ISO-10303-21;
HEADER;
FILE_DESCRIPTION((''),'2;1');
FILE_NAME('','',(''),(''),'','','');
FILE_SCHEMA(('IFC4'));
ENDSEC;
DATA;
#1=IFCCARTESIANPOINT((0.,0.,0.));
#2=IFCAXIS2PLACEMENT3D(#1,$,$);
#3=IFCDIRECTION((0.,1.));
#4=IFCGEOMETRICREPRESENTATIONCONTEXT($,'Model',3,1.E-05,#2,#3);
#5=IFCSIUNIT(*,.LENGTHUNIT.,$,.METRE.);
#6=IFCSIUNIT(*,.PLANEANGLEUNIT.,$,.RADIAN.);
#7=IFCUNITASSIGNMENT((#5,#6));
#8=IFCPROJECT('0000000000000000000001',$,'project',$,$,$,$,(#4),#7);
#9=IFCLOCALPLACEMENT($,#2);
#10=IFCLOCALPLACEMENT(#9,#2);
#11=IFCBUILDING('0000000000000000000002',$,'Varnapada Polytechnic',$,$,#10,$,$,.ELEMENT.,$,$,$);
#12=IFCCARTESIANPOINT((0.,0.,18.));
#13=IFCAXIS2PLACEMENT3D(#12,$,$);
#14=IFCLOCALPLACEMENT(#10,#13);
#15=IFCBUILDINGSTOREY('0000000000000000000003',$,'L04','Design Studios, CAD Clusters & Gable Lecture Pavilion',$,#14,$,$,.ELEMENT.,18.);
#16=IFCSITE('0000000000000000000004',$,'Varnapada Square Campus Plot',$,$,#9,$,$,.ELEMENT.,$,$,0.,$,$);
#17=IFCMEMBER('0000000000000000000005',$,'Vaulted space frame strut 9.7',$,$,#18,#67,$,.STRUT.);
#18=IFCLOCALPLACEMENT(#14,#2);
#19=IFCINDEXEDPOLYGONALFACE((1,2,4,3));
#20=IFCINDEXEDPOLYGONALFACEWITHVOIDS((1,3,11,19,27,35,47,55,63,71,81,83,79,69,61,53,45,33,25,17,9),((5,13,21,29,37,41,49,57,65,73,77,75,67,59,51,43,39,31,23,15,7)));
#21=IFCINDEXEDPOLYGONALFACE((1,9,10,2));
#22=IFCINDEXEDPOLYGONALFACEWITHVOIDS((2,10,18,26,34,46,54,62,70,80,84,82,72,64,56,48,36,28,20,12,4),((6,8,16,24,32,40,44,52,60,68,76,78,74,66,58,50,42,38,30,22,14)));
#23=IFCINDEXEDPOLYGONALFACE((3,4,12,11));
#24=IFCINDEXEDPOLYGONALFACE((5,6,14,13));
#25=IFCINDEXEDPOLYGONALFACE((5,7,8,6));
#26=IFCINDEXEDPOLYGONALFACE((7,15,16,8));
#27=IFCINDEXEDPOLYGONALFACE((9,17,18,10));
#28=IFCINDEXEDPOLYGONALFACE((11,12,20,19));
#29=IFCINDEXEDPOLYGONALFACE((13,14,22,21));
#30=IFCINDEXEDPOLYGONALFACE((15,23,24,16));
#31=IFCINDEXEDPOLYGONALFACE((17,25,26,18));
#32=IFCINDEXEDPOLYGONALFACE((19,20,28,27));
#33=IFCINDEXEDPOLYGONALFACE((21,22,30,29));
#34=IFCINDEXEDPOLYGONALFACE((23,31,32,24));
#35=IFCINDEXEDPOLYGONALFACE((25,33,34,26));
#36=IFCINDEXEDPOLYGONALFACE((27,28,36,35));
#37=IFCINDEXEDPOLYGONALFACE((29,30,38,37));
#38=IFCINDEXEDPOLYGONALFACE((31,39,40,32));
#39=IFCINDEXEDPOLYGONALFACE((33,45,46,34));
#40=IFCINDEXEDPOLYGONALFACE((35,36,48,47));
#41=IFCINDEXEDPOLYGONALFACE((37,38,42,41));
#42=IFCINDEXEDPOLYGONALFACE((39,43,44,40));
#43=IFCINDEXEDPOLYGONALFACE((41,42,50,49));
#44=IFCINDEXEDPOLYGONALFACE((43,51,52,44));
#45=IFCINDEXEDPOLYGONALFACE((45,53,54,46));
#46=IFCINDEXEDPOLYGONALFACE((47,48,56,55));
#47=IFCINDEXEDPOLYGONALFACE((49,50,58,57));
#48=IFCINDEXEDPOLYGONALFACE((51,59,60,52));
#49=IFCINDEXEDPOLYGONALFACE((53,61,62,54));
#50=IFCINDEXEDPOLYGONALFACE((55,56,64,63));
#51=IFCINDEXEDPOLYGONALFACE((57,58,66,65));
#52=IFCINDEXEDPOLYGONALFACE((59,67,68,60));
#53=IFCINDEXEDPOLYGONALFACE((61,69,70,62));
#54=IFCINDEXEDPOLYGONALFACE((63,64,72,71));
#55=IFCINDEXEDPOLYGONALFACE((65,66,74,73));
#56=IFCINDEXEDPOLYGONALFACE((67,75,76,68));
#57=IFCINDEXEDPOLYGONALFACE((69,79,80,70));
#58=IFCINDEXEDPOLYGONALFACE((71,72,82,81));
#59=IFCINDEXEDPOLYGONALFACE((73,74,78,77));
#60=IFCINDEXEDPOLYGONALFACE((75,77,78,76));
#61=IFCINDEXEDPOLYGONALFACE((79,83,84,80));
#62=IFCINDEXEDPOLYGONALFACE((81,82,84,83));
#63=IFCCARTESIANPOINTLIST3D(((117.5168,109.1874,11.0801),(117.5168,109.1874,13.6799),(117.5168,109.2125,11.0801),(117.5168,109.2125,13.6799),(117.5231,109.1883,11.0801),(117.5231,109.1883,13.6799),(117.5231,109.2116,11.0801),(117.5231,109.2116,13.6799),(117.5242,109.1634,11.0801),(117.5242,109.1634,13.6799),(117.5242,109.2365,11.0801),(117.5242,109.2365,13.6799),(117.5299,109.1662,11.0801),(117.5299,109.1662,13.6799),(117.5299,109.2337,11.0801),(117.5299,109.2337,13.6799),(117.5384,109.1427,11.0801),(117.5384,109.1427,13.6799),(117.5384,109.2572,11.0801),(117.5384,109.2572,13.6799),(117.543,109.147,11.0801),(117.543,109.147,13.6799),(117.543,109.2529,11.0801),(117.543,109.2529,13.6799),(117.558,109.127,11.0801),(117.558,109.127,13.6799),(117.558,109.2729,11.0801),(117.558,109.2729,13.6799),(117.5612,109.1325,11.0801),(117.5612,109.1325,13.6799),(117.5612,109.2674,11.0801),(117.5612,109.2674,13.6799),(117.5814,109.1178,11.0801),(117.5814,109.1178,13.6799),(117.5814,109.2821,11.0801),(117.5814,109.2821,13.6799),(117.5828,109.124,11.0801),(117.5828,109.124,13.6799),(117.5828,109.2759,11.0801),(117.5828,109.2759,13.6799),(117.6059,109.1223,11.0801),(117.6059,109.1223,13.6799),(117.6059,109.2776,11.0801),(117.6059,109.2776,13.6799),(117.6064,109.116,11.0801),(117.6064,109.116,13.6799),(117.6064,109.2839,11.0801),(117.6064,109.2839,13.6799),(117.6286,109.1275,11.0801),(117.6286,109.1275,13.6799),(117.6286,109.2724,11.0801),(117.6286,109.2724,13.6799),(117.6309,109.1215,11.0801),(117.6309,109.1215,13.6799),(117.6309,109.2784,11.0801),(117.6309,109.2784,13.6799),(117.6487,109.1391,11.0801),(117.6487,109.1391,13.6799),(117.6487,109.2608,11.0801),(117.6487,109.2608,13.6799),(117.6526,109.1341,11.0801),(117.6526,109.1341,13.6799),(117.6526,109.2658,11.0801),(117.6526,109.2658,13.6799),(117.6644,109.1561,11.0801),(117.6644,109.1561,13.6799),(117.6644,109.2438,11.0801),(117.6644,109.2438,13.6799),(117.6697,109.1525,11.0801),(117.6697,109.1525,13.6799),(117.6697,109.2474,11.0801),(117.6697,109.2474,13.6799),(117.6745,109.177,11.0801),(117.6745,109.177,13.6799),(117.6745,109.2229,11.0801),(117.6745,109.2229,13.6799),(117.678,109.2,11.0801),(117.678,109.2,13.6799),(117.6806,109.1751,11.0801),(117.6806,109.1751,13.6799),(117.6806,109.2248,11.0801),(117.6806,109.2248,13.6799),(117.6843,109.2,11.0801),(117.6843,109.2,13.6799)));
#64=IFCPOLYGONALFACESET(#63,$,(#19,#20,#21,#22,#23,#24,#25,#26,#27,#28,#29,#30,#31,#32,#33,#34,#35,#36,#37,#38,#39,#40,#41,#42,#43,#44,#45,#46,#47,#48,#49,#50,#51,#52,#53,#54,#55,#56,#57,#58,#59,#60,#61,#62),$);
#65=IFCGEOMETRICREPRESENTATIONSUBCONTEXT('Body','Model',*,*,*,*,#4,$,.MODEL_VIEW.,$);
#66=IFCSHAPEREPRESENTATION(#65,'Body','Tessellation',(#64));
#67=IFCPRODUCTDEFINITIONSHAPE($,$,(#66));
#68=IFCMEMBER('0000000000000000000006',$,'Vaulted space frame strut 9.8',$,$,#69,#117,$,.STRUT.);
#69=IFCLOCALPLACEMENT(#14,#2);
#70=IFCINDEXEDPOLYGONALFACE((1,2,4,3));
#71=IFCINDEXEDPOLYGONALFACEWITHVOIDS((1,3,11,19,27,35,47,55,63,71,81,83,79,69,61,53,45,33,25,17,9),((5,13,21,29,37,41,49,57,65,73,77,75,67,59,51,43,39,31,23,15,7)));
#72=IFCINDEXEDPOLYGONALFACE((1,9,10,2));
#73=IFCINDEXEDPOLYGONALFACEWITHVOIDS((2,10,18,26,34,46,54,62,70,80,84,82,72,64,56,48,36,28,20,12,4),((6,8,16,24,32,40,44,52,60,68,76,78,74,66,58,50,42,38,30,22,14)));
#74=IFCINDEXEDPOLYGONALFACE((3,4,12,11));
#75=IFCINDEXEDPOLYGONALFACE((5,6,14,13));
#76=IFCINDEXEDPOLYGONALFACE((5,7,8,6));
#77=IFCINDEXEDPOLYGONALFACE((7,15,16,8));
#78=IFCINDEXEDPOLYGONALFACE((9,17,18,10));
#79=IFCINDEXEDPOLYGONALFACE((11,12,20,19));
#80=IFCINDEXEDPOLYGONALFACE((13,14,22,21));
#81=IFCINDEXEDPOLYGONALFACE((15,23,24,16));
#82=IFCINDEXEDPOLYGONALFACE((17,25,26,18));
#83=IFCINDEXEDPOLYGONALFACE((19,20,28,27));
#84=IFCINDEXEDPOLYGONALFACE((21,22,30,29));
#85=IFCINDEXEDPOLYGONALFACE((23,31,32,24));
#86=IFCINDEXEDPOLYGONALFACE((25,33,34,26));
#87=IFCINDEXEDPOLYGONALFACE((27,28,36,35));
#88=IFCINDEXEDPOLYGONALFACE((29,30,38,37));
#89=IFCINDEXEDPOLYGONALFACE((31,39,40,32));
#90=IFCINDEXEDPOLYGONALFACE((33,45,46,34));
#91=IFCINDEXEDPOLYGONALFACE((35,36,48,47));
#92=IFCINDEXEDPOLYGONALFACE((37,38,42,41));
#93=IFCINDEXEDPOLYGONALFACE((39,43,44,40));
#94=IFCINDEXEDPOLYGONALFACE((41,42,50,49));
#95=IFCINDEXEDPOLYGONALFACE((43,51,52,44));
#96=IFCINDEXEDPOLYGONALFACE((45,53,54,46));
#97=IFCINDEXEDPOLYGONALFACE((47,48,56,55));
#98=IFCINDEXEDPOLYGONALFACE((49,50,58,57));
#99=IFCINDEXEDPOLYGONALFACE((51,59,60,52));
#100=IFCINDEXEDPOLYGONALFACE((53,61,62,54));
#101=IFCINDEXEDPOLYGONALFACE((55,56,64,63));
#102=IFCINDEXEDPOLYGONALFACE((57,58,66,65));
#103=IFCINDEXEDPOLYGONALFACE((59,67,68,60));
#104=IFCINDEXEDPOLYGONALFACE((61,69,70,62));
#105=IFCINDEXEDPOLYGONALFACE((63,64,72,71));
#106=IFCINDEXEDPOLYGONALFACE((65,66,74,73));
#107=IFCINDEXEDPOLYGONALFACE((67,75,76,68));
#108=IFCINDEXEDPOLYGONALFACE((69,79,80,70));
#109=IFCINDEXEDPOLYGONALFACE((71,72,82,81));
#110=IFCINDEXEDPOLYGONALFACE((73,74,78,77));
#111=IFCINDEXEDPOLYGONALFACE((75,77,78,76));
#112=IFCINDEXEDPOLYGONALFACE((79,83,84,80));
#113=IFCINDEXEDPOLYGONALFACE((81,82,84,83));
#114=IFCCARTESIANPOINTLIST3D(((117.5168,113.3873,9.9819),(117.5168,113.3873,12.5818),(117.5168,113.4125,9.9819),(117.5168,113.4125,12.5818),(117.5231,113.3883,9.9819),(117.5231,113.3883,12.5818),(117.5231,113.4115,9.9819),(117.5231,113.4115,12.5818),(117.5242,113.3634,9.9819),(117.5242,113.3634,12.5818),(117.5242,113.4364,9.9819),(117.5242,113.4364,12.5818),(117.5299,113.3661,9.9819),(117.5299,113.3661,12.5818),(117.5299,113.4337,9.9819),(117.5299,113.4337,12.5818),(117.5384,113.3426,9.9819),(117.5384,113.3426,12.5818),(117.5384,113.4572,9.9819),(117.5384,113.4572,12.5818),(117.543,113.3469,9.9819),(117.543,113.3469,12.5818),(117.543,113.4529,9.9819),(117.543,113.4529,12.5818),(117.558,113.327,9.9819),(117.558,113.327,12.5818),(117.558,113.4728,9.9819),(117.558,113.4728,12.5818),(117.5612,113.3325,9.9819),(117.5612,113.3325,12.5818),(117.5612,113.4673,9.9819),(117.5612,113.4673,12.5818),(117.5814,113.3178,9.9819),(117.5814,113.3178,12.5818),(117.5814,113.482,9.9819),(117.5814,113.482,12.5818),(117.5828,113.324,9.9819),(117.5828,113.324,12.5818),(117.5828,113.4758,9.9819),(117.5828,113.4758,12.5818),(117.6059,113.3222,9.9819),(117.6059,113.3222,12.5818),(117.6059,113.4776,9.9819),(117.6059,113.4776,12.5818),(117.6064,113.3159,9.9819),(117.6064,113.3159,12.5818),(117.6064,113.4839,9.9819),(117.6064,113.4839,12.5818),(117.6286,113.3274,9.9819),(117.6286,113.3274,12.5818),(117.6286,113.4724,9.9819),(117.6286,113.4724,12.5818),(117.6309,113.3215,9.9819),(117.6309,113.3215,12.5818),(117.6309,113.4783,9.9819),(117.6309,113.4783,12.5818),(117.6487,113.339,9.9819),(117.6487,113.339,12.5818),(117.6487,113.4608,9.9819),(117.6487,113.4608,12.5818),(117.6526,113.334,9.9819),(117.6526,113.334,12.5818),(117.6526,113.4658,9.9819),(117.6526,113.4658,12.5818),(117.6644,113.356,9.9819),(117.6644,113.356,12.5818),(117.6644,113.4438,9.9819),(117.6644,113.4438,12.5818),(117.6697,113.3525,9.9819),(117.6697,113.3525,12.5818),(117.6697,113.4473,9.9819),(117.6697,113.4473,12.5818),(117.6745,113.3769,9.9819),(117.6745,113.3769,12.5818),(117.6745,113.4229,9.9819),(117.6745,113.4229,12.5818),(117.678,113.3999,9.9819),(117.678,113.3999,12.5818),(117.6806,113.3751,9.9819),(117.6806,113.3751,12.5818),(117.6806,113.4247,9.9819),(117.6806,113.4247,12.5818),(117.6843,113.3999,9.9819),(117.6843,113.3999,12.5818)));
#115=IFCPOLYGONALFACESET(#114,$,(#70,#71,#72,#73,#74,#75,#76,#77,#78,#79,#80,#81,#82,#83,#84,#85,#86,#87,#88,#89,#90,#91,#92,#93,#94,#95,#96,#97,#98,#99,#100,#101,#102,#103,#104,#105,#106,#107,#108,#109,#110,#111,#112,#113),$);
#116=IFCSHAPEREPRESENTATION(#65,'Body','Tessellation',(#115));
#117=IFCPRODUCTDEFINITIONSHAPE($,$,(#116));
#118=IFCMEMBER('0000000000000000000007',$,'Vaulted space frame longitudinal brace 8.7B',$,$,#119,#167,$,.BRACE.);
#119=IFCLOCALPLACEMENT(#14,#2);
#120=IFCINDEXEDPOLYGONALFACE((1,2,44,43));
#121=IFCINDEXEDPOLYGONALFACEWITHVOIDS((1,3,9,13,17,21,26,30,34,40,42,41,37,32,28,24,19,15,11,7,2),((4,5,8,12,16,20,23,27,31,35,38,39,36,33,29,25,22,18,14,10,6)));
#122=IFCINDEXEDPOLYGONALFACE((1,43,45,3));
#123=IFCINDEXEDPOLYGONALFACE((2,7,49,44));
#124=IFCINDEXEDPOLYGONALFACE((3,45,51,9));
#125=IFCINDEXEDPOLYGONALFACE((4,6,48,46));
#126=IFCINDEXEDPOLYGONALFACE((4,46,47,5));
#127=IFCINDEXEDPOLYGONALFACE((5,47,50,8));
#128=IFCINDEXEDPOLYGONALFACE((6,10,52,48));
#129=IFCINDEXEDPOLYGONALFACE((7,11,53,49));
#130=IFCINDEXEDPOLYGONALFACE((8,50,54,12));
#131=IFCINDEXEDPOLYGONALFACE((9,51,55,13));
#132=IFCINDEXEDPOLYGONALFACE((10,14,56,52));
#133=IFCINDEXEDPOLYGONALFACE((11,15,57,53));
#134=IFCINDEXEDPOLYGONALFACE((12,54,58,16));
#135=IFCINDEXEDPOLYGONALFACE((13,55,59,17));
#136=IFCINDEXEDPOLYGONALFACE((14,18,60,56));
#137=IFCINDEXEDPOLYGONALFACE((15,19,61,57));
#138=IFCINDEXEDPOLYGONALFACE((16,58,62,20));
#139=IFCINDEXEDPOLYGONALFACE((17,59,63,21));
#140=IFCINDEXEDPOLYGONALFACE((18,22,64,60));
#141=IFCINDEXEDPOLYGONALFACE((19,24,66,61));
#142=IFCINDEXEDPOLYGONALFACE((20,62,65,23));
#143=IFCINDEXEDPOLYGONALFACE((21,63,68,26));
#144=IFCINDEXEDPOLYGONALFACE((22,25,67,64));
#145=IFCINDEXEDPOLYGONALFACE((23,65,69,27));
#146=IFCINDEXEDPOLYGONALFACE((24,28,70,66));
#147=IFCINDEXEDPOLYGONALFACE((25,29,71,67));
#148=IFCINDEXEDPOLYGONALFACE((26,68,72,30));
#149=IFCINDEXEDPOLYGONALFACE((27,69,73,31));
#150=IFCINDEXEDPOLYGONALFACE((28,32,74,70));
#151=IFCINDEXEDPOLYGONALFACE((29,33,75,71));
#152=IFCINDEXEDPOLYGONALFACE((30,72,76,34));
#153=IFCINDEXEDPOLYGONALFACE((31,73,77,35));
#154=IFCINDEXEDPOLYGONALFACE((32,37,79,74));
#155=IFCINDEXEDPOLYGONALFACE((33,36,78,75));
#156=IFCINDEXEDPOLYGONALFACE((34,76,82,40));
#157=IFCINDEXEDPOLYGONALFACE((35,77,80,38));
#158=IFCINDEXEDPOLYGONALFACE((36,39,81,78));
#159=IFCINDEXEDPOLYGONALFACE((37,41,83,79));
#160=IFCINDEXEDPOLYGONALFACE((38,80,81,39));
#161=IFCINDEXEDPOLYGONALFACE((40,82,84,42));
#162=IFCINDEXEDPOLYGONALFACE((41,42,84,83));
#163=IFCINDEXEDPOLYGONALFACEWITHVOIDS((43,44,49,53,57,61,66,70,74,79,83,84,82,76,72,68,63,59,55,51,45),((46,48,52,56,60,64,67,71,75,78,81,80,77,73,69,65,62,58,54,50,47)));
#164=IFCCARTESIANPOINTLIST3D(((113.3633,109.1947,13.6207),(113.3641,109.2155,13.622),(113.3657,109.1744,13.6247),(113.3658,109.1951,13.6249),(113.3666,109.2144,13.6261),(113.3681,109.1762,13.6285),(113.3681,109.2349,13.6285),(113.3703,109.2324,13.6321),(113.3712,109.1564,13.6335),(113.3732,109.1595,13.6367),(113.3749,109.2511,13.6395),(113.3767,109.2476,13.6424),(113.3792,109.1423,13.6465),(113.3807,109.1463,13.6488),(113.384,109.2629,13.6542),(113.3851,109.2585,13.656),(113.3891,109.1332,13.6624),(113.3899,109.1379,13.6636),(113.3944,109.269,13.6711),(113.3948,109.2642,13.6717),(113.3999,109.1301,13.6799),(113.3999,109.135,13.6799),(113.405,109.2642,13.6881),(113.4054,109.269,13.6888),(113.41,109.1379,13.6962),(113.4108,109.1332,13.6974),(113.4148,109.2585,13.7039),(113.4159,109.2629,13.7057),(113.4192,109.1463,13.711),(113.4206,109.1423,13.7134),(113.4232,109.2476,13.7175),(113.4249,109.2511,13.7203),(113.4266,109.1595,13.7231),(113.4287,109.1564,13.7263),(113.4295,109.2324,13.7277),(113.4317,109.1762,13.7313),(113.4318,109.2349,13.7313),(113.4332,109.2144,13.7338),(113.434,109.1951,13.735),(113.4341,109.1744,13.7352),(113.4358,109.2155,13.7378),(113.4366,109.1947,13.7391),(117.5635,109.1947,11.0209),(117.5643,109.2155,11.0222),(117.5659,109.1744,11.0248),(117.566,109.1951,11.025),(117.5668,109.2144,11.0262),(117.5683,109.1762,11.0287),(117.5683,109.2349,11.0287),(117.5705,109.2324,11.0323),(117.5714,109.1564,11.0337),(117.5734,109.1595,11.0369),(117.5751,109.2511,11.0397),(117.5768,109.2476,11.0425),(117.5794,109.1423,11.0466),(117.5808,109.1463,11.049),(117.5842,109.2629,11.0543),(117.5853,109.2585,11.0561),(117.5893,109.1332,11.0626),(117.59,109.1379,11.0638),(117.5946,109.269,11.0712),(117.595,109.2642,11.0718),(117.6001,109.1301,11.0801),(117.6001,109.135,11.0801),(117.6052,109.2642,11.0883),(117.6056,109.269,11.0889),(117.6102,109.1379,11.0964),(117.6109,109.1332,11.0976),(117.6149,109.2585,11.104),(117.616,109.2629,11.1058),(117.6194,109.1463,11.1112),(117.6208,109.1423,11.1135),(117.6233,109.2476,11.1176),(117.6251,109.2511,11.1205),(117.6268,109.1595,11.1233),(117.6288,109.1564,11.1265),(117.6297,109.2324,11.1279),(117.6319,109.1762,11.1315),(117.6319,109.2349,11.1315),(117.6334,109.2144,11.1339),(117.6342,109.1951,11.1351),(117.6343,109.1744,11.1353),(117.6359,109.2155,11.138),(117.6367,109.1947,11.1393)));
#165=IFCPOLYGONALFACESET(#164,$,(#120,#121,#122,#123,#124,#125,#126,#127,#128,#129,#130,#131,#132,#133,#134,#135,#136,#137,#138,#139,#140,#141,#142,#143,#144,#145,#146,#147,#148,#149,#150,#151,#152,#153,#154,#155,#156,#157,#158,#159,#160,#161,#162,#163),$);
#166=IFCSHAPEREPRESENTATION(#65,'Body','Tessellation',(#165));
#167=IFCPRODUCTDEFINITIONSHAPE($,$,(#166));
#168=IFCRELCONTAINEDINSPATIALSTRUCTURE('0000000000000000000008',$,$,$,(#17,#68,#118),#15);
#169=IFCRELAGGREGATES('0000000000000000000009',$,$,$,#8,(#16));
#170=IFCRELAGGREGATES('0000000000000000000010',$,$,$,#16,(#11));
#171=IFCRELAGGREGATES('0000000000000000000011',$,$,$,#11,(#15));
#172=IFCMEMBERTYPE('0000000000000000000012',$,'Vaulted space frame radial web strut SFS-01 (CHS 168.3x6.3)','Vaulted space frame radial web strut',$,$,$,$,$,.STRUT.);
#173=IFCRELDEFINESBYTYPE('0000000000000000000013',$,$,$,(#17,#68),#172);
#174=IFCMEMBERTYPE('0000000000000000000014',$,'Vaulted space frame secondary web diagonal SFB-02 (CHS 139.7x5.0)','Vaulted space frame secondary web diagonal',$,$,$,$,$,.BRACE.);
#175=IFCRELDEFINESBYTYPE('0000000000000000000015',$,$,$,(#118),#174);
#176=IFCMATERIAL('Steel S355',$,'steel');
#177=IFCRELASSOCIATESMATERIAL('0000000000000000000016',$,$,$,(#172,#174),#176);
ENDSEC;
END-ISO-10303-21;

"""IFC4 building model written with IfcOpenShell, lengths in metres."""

from ifc_helpers import new_model, si_unit, direction, frame, origin, origin_2d, place, context, subcontext, project, spatial, hollow_circle, extrude, material, material_profile, profile_set, type_object, element, save


model = new_model("IFC4")

# Units and contexts
model_context = context("Model", 3, precision=1e-05, world=origin(), true_north=direction((0.0, 1.0)))
body_context = subcontext(model_context, "Body", "Model", "MODEL_VIEW")
ifc_project = project(units=[si_unit("LENGTHUNIT", "METRE"), si_unit("PLANEANGLEUNIT", "RADIAN")], contexts=[model_context])

# Site, building, storey
site_placement = place(None, origin())
site = spatial("IfcSite", under=ifc_project, at=site_placement, Name="Varnapada Square Campus Plot", CompositionType="ELEMENT", RefElevation=0.0)
building_placement = place(site_placement, origin())
building = spatial("IfcBuilding", under=site, at=building_placement, Name="Varnapada Polytechnic", CompositionType="ELEMENT")
storey_placement = place(building_placement, frame((0.0, 0.0, 18.0)))
storey = spatial("IfcBuildingStorey", under=building, at=storey_placement, Name="L04", Description="Design Studios, CAD Clusters & Gable Lecture Pavilion", CompositionType="ELEMENT", Elevation=18.0)

# Shared definitions
ifc_material = material(Name="Steel S355", Category="steel")

# Members
ifc_material_profile_1 = material_profile(ifc_material, hollow_circle(Radius=0.0842, WallThickness=0.0063, at=origin_2d()), Name="CHS 168.3x6.3")
ifc_profile_set_1 = profile_set([ifc_material_profile_1], Name="Steel S355")
member_type_1 = type_object("IfcMemberType", Name="Vaulted space frame radial web strut SFS-01 (CHS 168.3x6.3)", Description="Vaulted space frame radial web strut", PredefinedType="STRUT", material=ifc_profile_set_1)
for number, where, z_axis, x_axis, name in (
    (1, (117.6001, 109.2, 11.0801), (0.0, 0.0, 1.0), (1.0, 0.0, 0.0), "Vaulted space frame strut 9.7"),
    (2, (117.6001, 113.3999, 9.9819), (0.0, 0.0, 1.0), (1.0, 0.0, 0.0), "Vaulted space frame strut 9.8"),
):
    element("IfcMember", number, at=place(storey_placement, frame(where, z_axis=z_axis, x_axis=x_axis)), inside=storey, type_object=member_type_1, Name=name, PredefinedType="STRUT", context=body_context, shape_type="SweptSolid", body=[
        extrude(hollow_circle(Radius=0.0842, WallThickness=0.0063, at=origin_2d()), origin(), (0.0, 0.0, 1.0), 2.5999),
    ])
ifc_material_profile_2 = material_profile(ifc_material, hollow_circle(Radius=0.0698, WallThickness=0.0049, at=origin_2d()), Name="CHS 139.7x5.0")
ifc_profile_set_2 = profile_set([ifc_material_profile_2], Name="Steel S355")
member_type_2 = type_object("IfcMemberType", Name="Vaulted space frame secondary web diagonal SFB-02 (CHS 139.7x5.0)", Description="Vaulted space frame secondary web diagonal", PredefinedType="BRACE", material=ifc_profile_set_2)
member_1_placement = place(storey_placement, frame((117.6001, 109.2, 11.0801), z_axis=(-0.850289, 0.0, 0.526315), x_axis=(0.0, -1.0, 0.0)))
element("IfcMember", 3, at=member_1_placement, inside=storey, type_object=member_type_2, Name="Vaulted space frame longitudinal brace 8.7B", PredefinedType="BRACE", context=body_context, shape_type="SweptSolid", body=[
    extrude(hollow_circle(Radius=0.0698, WallThickness=0.0049, at=origin_2d()), origin(), (0.0, 0.0, 1.0), 4.9397),
])

save(model, "model.ifc")
